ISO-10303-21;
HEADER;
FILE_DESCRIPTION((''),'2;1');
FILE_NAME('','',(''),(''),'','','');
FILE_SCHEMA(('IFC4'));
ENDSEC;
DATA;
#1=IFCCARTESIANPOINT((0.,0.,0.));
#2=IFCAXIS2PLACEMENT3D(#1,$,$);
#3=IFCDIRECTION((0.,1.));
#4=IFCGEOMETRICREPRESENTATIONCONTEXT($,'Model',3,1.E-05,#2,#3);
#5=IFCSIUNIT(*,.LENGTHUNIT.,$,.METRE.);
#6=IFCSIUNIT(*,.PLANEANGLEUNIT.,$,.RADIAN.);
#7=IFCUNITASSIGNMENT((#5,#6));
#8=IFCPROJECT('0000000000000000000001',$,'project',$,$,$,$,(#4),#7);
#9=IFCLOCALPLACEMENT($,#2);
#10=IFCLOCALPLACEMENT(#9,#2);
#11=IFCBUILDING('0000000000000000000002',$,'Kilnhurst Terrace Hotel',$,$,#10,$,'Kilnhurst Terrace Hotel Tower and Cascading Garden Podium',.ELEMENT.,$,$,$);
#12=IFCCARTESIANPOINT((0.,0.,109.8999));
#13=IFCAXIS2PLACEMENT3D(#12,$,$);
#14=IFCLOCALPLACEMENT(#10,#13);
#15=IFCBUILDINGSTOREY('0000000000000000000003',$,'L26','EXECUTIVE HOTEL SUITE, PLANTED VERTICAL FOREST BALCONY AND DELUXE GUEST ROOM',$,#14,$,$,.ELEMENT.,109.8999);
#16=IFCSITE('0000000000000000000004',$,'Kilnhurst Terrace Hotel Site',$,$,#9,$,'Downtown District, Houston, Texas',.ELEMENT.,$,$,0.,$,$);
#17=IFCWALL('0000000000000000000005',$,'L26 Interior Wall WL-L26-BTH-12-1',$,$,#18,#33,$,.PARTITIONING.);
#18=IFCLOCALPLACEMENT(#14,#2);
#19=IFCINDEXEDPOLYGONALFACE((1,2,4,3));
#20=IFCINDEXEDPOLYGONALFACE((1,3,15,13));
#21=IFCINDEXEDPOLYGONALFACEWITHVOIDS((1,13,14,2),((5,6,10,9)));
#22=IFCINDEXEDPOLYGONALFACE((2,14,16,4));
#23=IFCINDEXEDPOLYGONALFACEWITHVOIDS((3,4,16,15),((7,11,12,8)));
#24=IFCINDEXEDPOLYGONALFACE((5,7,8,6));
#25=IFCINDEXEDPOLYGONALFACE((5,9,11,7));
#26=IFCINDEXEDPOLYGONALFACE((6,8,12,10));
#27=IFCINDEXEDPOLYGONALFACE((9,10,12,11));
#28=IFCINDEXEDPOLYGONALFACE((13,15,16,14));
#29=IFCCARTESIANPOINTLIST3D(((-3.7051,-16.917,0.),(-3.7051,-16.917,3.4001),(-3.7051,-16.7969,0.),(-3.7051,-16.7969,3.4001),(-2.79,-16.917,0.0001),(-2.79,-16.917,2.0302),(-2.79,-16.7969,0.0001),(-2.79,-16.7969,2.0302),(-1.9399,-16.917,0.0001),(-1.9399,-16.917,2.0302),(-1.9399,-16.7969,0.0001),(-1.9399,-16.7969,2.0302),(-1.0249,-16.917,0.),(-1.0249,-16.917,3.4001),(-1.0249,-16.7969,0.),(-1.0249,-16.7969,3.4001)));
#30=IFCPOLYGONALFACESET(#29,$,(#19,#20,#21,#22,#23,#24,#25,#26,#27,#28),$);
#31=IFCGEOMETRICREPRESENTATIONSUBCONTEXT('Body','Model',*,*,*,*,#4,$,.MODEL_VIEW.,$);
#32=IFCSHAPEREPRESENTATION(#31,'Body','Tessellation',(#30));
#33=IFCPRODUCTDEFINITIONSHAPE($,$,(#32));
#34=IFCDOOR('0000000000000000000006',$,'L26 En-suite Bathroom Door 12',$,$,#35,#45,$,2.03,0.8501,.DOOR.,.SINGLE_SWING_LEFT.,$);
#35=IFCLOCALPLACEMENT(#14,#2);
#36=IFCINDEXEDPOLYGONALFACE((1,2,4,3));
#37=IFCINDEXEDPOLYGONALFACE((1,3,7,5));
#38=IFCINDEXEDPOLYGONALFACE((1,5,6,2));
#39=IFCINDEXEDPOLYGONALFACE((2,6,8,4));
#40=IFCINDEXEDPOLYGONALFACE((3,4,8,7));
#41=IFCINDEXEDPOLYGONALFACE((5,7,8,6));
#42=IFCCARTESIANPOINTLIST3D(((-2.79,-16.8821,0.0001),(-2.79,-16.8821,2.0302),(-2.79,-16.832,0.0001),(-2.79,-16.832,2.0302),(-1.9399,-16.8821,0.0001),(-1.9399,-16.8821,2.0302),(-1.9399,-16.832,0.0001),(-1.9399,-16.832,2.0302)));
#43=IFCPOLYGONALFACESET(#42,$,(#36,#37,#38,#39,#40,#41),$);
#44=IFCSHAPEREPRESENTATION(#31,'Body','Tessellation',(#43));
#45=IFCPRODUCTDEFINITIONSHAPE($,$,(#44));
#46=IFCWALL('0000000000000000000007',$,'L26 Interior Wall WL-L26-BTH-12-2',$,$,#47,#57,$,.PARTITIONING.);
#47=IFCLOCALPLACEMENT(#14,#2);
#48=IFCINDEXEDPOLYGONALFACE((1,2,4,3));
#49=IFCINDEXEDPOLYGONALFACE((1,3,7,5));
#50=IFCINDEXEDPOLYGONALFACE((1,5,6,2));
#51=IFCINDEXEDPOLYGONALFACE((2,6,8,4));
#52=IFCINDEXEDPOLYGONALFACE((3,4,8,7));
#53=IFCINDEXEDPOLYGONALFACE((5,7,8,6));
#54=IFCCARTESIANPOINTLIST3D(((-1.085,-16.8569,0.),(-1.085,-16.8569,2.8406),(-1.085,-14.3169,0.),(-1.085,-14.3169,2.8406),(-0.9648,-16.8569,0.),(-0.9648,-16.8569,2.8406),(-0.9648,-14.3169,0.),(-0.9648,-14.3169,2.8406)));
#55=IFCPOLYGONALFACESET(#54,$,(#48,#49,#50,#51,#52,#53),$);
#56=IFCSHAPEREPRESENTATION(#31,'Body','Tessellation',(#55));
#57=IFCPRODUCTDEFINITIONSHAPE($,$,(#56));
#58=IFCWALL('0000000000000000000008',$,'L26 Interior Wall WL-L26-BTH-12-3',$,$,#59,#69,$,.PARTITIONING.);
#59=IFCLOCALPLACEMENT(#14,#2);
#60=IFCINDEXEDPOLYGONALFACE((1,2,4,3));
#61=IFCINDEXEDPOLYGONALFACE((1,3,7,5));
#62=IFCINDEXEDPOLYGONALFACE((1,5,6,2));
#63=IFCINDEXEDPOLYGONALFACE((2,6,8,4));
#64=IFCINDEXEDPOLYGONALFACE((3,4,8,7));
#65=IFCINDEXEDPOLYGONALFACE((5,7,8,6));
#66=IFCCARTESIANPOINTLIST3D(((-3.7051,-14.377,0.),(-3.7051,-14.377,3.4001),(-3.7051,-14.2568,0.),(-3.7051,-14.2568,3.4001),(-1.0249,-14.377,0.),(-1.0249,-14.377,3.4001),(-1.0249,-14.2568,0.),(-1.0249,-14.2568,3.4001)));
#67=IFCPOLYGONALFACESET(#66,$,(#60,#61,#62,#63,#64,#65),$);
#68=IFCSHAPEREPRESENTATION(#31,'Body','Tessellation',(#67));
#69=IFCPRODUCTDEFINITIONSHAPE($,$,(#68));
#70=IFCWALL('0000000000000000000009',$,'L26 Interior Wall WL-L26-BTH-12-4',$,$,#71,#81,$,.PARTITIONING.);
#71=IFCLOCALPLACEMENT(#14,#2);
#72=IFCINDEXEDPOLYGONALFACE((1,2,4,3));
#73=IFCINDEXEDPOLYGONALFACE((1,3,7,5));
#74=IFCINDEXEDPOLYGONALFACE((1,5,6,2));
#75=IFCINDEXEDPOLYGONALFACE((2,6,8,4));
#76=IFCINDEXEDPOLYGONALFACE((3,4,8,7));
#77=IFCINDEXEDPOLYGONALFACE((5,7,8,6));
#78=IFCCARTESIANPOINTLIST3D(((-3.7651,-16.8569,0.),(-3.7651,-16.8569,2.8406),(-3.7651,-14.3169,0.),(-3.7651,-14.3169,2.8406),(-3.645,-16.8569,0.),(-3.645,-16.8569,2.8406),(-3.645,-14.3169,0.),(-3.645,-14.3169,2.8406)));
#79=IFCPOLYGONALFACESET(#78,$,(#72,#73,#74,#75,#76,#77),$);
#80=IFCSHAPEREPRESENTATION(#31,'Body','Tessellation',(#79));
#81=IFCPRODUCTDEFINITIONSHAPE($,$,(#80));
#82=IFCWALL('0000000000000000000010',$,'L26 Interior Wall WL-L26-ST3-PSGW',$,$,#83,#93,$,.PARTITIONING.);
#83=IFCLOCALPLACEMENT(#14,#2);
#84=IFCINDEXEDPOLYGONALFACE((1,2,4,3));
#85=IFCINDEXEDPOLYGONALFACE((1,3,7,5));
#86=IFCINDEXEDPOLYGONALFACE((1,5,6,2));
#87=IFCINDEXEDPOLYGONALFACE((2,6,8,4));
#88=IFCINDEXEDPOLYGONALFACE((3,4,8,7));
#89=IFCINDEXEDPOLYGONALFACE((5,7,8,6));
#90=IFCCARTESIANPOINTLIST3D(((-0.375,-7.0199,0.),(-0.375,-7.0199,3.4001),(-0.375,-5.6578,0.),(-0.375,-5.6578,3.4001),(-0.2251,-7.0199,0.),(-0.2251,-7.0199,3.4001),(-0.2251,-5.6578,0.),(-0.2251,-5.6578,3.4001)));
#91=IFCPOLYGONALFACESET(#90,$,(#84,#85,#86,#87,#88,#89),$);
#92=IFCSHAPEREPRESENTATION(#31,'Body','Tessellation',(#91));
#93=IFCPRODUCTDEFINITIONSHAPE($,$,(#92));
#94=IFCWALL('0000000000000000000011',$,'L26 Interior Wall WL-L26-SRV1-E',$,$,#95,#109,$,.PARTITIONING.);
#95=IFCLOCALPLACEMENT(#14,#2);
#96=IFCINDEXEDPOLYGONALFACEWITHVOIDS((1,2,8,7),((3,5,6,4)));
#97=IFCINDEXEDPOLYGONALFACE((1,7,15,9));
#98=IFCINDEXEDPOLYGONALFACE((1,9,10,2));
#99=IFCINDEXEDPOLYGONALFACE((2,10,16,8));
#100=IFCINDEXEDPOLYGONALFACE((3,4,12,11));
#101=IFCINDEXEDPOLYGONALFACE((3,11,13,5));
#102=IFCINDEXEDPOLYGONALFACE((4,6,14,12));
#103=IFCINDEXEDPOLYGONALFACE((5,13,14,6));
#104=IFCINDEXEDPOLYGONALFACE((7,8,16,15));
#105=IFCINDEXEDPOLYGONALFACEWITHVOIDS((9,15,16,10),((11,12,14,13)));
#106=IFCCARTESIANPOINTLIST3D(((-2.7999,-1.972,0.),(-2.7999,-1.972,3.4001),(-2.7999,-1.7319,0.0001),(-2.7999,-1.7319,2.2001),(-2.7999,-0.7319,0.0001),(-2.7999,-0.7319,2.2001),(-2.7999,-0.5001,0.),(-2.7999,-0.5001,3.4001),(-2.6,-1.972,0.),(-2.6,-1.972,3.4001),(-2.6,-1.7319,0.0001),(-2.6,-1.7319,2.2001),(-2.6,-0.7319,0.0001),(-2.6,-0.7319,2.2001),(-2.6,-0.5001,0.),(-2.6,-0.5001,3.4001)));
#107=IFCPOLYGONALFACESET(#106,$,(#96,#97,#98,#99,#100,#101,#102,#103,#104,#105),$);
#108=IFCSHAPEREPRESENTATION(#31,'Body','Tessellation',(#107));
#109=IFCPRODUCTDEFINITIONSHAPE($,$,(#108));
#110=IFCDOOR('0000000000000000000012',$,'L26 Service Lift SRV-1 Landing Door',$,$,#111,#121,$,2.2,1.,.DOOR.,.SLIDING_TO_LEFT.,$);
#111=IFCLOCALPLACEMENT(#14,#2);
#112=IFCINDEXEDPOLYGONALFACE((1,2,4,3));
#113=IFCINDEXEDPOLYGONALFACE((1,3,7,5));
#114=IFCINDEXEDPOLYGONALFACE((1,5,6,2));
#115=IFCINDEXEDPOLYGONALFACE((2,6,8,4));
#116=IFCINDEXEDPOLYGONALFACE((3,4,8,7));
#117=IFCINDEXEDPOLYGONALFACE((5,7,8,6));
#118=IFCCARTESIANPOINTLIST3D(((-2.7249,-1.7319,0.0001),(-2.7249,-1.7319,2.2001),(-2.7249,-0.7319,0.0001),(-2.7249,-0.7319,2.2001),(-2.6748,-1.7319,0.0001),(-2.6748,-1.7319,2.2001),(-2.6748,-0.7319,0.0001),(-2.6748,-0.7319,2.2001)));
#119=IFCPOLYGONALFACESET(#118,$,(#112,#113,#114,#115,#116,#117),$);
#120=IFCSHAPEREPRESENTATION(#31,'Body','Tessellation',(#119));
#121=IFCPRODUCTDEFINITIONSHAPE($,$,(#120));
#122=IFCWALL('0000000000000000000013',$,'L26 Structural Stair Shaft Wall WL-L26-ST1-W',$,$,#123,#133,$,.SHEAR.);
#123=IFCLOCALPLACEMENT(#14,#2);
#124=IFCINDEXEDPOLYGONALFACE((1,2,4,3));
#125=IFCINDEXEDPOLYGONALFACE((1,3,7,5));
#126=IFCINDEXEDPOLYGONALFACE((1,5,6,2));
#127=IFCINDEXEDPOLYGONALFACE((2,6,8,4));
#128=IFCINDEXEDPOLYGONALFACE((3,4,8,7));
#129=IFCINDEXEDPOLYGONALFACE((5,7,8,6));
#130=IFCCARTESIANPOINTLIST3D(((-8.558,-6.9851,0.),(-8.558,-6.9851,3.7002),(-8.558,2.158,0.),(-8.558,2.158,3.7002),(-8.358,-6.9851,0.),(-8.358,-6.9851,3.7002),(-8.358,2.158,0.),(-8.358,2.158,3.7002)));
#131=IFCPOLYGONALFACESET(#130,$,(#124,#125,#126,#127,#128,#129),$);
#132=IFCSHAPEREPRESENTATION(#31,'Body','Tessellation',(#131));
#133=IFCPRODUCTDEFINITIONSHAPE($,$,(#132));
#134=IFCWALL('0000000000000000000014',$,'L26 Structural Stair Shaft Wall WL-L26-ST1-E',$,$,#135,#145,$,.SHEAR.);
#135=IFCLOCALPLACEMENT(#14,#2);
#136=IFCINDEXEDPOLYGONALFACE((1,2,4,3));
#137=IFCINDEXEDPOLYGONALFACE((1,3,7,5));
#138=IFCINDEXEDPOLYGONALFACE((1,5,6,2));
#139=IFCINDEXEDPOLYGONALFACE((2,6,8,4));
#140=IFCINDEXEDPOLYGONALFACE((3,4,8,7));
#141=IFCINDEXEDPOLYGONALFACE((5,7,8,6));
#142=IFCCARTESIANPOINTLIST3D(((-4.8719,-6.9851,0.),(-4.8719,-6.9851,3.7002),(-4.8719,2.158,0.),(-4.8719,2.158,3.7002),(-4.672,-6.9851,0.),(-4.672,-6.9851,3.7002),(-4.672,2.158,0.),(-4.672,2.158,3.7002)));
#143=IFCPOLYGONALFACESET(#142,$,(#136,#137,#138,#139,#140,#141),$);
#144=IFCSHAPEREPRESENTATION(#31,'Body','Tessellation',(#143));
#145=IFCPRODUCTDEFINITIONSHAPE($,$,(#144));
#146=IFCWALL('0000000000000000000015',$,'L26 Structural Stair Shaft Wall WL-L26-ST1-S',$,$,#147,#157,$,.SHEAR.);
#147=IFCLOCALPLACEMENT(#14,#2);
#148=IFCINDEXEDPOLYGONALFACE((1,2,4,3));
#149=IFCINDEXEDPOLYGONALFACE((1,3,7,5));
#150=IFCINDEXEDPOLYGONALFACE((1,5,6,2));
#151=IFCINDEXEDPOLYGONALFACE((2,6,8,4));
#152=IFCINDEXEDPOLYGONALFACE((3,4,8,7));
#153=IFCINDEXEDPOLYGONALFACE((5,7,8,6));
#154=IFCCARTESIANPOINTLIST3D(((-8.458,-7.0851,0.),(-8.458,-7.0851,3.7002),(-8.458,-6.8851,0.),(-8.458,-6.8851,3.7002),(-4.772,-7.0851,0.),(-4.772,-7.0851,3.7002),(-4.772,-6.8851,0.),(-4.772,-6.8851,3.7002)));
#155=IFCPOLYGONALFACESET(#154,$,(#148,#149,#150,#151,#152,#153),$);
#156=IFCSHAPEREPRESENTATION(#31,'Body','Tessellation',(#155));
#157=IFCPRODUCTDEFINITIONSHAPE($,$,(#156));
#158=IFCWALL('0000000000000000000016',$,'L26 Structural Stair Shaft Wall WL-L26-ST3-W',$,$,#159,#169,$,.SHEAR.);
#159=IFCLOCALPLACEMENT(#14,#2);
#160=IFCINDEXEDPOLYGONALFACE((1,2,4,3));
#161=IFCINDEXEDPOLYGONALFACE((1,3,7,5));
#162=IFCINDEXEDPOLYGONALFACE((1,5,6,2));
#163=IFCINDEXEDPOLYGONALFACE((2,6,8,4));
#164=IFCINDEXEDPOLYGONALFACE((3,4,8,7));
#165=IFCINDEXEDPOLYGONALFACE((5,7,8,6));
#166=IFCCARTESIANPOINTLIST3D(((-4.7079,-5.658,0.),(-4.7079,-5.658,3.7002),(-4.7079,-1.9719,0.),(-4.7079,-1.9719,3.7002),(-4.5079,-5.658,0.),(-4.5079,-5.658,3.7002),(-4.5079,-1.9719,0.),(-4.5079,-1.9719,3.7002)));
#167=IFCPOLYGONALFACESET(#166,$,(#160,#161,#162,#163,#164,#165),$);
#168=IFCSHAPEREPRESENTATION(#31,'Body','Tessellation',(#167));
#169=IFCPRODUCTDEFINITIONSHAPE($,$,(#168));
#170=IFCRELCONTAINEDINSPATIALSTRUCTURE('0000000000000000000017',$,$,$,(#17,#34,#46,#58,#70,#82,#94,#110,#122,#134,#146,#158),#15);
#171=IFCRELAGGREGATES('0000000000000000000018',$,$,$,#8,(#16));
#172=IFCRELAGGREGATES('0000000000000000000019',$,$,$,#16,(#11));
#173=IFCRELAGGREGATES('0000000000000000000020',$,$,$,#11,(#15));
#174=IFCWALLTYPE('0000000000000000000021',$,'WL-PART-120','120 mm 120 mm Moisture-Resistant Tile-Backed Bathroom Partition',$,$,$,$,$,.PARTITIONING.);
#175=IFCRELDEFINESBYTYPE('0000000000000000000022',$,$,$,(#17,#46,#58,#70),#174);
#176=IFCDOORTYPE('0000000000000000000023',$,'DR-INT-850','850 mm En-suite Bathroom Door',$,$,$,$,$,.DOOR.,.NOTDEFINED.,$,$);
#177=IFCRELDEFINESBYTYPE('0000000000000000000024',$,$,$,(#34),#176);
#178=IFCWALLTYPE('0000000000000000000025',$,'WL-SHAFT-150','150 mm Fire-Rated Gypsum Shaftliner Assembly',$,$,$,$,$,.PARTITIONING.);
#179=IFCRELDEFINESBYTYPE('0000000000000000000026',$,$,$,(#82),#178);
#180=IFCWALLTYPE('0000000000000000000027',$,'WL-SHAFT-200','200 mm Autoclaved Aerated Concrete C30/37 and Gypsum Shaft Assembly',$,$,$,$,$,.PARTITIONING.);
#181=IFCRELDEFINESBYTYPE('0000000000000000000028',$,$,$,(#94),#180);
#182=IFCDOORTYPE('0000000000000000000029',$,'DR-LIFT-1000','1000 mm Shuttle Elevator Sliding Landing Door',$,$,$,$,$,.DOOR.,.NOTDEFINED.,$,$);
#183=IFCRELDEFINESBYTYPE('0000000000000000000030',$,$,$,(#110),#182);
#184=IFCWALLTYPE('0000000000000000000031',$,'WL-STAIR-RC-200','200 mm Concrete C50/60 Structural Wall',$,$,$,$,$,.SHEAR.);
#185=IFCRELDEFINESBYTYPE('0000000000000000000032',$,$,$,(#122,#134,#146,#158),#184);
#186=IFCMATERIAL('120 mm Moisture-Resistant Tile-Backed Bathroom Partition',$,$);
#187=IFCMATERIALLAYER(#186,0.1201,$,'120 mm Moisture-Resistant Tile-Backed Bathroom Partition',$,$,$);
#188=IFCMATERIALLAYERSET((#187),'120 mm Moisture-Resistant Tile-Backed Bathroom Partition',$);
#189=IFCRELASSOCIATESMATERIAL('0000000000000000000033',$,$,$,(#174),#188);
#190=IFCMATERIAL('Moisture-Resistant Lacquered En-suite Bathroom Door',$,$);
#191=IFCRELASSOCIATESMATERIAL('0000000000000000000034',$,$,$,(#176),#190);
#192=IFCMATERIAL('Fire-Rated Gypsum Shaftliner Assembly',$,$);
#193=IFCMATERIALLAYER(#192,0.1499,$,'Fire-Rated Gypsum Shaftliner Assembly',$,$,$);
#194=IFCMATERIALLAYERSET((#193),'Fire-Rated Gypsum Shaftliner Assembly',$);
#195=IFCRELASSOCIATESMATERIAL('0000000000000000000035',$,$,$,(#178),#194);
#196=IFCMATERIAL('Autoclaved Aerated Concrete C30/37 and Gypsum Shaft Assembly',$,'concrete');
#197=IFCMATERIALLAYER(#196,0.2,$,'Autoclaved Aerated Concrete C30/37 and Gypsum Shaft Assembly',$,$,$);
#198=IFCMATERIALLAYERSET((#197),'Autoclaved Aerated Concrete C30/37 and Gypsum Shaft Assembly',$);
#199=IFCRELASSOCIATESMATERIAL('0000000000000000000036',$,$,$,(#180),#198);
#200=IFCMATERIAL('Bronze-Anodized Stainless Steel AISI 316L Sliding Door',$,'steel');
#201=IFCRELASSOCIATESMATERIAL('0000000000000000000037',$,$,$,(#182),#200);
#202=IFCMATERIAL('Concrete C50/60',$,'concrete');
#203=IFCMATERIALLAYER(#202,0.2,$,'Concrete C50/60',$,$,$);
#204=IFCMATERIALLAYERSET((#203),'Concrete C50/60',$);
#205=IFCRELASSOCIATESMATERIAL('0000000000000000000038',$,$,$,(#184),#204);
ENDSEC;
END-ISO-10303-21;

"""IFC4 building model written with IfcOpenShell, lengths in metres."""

from ifc_helpers import new_model, si_unit, direction, frame, frame_2d, origin, place, context, subcontext, project, spatial, rectangle, extrude, material, layer, layer_set, type_object, element, fill, save


model = new_model("IFC4")

# Units and contexts
model_context = context("Model", 3, precision=1e-05, world=origin(), true_north=direction((0.0, 1.0)))
body_context = subcontext(model_context, "Body", "Model", "MODEL_VIEW")
ifc_project = project(units=[si_unit("LENGTHUNIT", "METRE"), si_unit("PLANEANGLEUNIT", "RADIAN")], contexts=[model_context])

# Site, building, storey
site_placement = place(None, origin())
site = spatial("IfcSite", under=ifc_project, at=site_placement, Name="Kilnhurst Terrace Hotel Site", LongName="Downtown District, Houston, Texas", CompositionType="ELEMENT", RefElevation=0.0)
building_placement = place(site_placement, origin())
building = spatial("IfcBuilding", under=site, at=building_placement, Name="Kilnhurst Terrace Hotel", LongName="Kilnhurst Terrace Hotel Tower and Cascading Garden Podium", CompositionType="ELEMENT")
storey_placement = place(building_placement, frame((0.0, 0.0, 109.8999)))
storey = spatial("IfcBuildingStorey", under=building, at=storey_placement, Name="L26", Description="EXECUTIVE HOTEL SUITE, PLANTED VERTICAL FOREST BALCONY AND DELUXE GUEST ROOM", CompositionType="ELEMENT", Elevation=109.8999)

# Shared definitions
ifc_material_1 = material(Name="Concrete C50/60", Category="concrete")

# Wall, opening, door
ifc_material_2 = material(Name="120 mm Moisture-Resistant Tile-Backed Bathroom Partition")
ifc_layer_1 = layer(ifc_material_2, 0.1201, Name="120 mm Moisture-Resistant Tile-Backed Bathroom Partition")
ifc_layer_set_1 = layer_set([ifc_layer_1], Name="120 mm Moisture-Resistant Tile-Backed Bathroom Partition")
wall_type_1 = type_object("IfcWallType", Name="WL-PART-120", Description="120 mm 120 mm Moisture-Resistant Tile-Backed Bathroom Partition", PredefinedType="PARTITIONING", material=ifc_layer_set_1)
wall_1_placement = place(storey_placement, frame((-3.7051, -16.8569, 0.0), z_axis=(0.0, 0.0, 1.0), x_axis=(1.0, 0.0, 0.0)))
wall_1 = element("IfcWall", 1, at=wall_1_placement, inside=storey, type_object=wall_type_1, Name="L26 Interior Wall WL-L26-BTH-12-1", PredefinedType="PARTITIONING", context=body_context, shape_type="SweptSolid", body=[
    extrude(rectangle(XDim=2.6802, YDim=0.1201, at=frame_2d((1.3401, 0.0))), origin(), (0.0, 0.0, 1.0), 3.4001),
])
opening_1_placement = place(wall_1_placement, frame((0.915, 0.0, 0.0)))
opening_1 = element("IfcOpeningElement", 2, at=opening_1_placement, cuts=wall_1, PredefinedType="OPENING", context=body_context, shape_type="SweptSolid", body=[
    extrude(rectangle(XDim=0.8501, YDim=2.03, at=frame_2d((0.425, 1.0151))), frame((0.0, 0.0701, 0.0), z_axis=(0.0, -1.0, 0.0), x_axis=(1.0, 0.0, 0.0)), (0.0, 0.0, 1.0), 0.1401),
])
ifc_material_3 = material(Name="Moisture-Resistant Lacquered En-suite Bathroom Door")
door_type_1 = type_object("IfcDoorType", Name="DR-INT-850", Description="850 mm En-suite Bathroom Door", OperationType="NOTDEFINED", PredefinedType="DOOR", material=ifc_material_3)
door_1_placement = place(opening_1_placement, origin())
door_1 = element("IfcDoor", 3, at=door_1_placement, inside=storey, type_object=door_type_1, Name="L26 En-suite Bathroom Door 12", OperationType="SINGLE_SWING_LEFT", OverallHeight=2.03, OverallWidth=0.8501, PredefinedType="DOOR", context=body_context, shape_type="SweptSolid", body=[
    extrude(rectangle(XDim=0.8501, YDim=2.03, at=frame_2d((0.425, 1.0151))), frame((0.0, 0.0249, 0.0), z_axis=(0.0, -1.0, 0.0), x_axis=(1.0, 0.0, 0.0)), (0.0, 0.0, 1.0), 0.05),
])
fill(opening_1, door_1)

# Walls
wall_2_placement = place(storey_placement, frame((-1.0249, -16.8569, 0.0), z_axis=(0.0, 0.0, 1.0), x_axis=(0.0, 1.0, 0.0)))
element("IfcWall", 4, at=wall_2_placement, inside=storey, type_object=wall_type_1, Name="L26 Interior Wall WL-L26-BTH-12-2", PredefinedType="PARTITIONING", context=body_context, shape_type="SweptSolid", body=[
    extrude(rectangle(XDim=2.54, YDim=0.1201, at=frame_2d((1.27, 0.0))), origin(), (0.0, 0.0, 1.0), 2.8406),
])
wall_3_placement = place(storey_placement, frame((-1.0249, -14.3169, 0.0), z_axis=(0.0, 0.0, 1.0), x_axis=(-1.0, 0.0, 0.0)))
element("IfcWall", 5, at=wall_3_placement, inside=storey, type_object=wall_type_1, Name="L26 Interior Wall WL-L26-BTH-12-3", PredefinedType="PARTITIONING", context=body_context, shape_type="SweptSolid", body=[
    extrude(rectangle(XDim=2.6802, YDim=0.1201, at=frame_2d((1.3401, 0.0))), origin(), (0.0, 0.0, 1.0), 3.4001),
])
wall_4_placement = place(storey_placement, frame((-3.7051, -14.3169, 0.0), z_axis=(0.0, 0.0, 1.0), x_axis=(0.0, -1.0, 0.0)))
element("IfcWall", 6, at=wall_4_placement, inside=storey, type_object=wall_type_1, Name="L26 Interior Wall WL-L26-BTH-12-4", PredefinedType="PARTITIONING", context=body_context, shape_type="SweptSolid", body=[
    extrude(rectangle(XDim=2.54, YDim=0.1201, at=frame_2d((1.27, 0.0))), origin(), (0.0, 0.0, 1.0), 2.8406),
])
ifc_material_4 = material(Name="Fire-Rated Gypsum Shaftliner Assembly")
ifc_layer_2 = layer(ifc_material_4, 0.1499, Name="Fire-Rated Gypsum Shaftliner Assembly")
ifc_layer_set_2 = layer_set([ifc_layer_2], Name="Fire-Rated Gypsum Shaftliner Assembly")
wall_type_2 = type_object("IfcWallType", Name="WL-SHAFT-150", Description="150 mm Fire-Rated Gypsum Shaftliner Assembly", PredefinedType="PARTITIONING", material=ifc_layer_set_2)
wall_5_placement = place(storey_placement, frame((-0.3, -7.02, 0.0), z_axis=(0.0, 0.0, 1.0), x_axis=(0.0, 1.0, 0.0)))
element("IfcWall", 7, at=wall_5_placement, inside=storey, type_object=wall_type_2, Name="L26 Interior Wall WL-L26-ST3-PSGW", PredefinedType="PARTITIONING", context=body_context, shape_type="SweptSolid", body=[
    extrude(rectangle(XDim=1.3621, YDim=0.1499, at=frame_2d((0.6812, 0.0))), origin(), (0.0, 0.0, 1.0), 3.4001),
])

# Wall, opening, door
ifc_material_5 = material(Name="Autoclaved Aerated Concrete C30/37 and Gypsum Shaft Assembly", Category="concrete")
ifc_layer_3 = layer(ifc_material_5, 0.2, Name="Autoclaved Aerated Concrete C30/37 and Gypsum Shaft Assembly")
ifc_layer_set_3 = layer_set([ifc_layer_3], Name="Autoclaved Aerated Concrete C30/37 and Gypsum Shaft Assembly")
wall_type_3 = type_object("IfcWallType", Name="WL-SHAFT-200", Description="200 mm Autoclaved Aerated Concrete C30/37 and Gypsum Shaft Assembly", PredefinedType="PARTITIONING", material=ifc_layer_set_3)
wall_6_placement = place(storey_placement, frame((-2.7, -1.9719, 0.0), z_axis=(0.0, 0.0, 1.0), x_axis=(0.0, 1.0, 0.0)))
wall_6 = element("IfcWall", 8, at=wall_6_placement, inside=storey, type_object=wall_type_3, Name="L26 Interior Wall WL-L26-SRV1-E", PredefinedType="PARTITIONING", context=body_context, shape_type="SweptSolid", body=[
    extrude(rectangle(XDim=1.4719, YDim=0.2, at=frame_2d((0.7358, 0.0))), origin(), (0.0, 0.0, 1.0), 3.4001),
])
opening_2_placement = place(wall_6_placement, frame((0.24, 0.0, 0.0)))
opening_2 = element("IfcOpeningElement", 9, at=opening_2_placement, cuts=wall_6, PredefinedType="OPENING", context=body_context, shape_type="SweptSolid", body=[
    extrude(rectangle(XDim=1.0, YDim=2.2, at=frame_2d((0.5, 1.1001))), frame((0.0, 0.1099, 0.0), z_axis=(0.0, -1.0, 0.0), x_axis=(1.0, 0.0, 0.0)), (0.0, 0.0, 1.0), 0.22),
])
ifc_material_6 = material(Name="Bronze-Anodized Stainless Steel AISI 316L Sliding Door", Category="steel")
door_type_2 = type_object("IfcDoorType", Name="DR-LIFT-1000", Description="1000 mm Shuttle Elevator Sliding Landing Door", OperationType="NOTDEFINED", PredefinedType="DOOR", material=ifc_material_6)
door_2_placement = place(opening_2_placement, origin())
door_2 = element("IfcDoor", 10, at=door_2_placement, inside=storey, type_object=door_type_2, Name="L26 Service Lift SRV-1 Landing Door", OperationType="SLIDING_TO_LEFT", OverallHeight=2.2, OverallWidth=1.0, PredefinedType="DOOR", context=body_context, shape_type="SweptSolid", body=[
    extrude(rectangle(XDim=1.0, YDim=2.2, at=frame_2d((0.5, 1.1001))), frame((0.0, 0.0249, 0.0), z_axis=(0.0, -1.0, 0.0), x_axis=(1.0, 0.0, 0.0)), (0.0, 0.0, 1.0), 0.05),
])
fill(opening_2, door_2)

# Walls
ifc_layer_4 = layer(ifc_material_1, 0.2, Name="Concrete C50/60")
ifc_layer_set_4 = layer_set([ifc_layer_4], Name="Concrete C50/60")
wall_type_4 = type_object("IfcWallType", Name="WL-STAIR-RC-200", Description="200 mm Concrete C50/60 Structural Wall", PredefinedType="SHEAR", material=ifc_layer_set_4)
for number, where, z_axis, x_axis, name in (
    (11, (-8.458, -6.9851, 0.0), (0.0, 0.0, 1.0), (0.0, 1.0, 0.0), "L26 Structural Stair Shaft Wall WL-L26-ST1-W"),
    (12, (-4.772, -6.9851, 0.0), (0.0, 0.0, 1.0), (0.0, 1.0, 0.0), "L26 Structural Stair Shaft Wall WL-L26-ST1-E"),
):
    element("IfcWall", number, at=place(storey_placement, frame(where, z_axis=z_axis, x_axis=x_axis)), inside=storey, type_object=wall_type_4, Name=name, PredefinedType="SHEAR", context=body_context, shape_type="SweptSolid", body=[
        extrude(rectangle(XDim=9.1431, YDim=0.2, at=frame_2d((4.5715, 0.0))), origin(), (0.0, 0.0, 1.0), 3.7002),
    ])
for number, where, z_axis, x_axis, name in (
    (13, (-8.458, -6.9851, 0.0), (0.0, 0.0, 1.0), (1.0, 0.0, 0.0), "L26 Structural Stair Shaft Wall WL-L26-ST1-S"),
    (14, (-4.6079, -5.658, 0.0), (0.0, 0.0, 1.0), (0.0, 1.0, 0.0), "L26 Structural Stair Shaft Wall WL-L26-ST3-W"),
):
    element("IfcWall", number, at=place(storey_placement, frame(where, z_axis=z_axis, x_axis=x_axis)), inside=storey, type_object=wall_type_4, Name=name, PredefinedType="SHEAR", context=body_context, shape_type="SweptSolid", body=[
        extrude(rectangle(XDim=3.686, YDim=0.2, at=frame_2d((1.843, 0.0))), origin(), (0.0, 0.0, 1.0), 3.7002),
    ])

save(model, "model.ifc")
